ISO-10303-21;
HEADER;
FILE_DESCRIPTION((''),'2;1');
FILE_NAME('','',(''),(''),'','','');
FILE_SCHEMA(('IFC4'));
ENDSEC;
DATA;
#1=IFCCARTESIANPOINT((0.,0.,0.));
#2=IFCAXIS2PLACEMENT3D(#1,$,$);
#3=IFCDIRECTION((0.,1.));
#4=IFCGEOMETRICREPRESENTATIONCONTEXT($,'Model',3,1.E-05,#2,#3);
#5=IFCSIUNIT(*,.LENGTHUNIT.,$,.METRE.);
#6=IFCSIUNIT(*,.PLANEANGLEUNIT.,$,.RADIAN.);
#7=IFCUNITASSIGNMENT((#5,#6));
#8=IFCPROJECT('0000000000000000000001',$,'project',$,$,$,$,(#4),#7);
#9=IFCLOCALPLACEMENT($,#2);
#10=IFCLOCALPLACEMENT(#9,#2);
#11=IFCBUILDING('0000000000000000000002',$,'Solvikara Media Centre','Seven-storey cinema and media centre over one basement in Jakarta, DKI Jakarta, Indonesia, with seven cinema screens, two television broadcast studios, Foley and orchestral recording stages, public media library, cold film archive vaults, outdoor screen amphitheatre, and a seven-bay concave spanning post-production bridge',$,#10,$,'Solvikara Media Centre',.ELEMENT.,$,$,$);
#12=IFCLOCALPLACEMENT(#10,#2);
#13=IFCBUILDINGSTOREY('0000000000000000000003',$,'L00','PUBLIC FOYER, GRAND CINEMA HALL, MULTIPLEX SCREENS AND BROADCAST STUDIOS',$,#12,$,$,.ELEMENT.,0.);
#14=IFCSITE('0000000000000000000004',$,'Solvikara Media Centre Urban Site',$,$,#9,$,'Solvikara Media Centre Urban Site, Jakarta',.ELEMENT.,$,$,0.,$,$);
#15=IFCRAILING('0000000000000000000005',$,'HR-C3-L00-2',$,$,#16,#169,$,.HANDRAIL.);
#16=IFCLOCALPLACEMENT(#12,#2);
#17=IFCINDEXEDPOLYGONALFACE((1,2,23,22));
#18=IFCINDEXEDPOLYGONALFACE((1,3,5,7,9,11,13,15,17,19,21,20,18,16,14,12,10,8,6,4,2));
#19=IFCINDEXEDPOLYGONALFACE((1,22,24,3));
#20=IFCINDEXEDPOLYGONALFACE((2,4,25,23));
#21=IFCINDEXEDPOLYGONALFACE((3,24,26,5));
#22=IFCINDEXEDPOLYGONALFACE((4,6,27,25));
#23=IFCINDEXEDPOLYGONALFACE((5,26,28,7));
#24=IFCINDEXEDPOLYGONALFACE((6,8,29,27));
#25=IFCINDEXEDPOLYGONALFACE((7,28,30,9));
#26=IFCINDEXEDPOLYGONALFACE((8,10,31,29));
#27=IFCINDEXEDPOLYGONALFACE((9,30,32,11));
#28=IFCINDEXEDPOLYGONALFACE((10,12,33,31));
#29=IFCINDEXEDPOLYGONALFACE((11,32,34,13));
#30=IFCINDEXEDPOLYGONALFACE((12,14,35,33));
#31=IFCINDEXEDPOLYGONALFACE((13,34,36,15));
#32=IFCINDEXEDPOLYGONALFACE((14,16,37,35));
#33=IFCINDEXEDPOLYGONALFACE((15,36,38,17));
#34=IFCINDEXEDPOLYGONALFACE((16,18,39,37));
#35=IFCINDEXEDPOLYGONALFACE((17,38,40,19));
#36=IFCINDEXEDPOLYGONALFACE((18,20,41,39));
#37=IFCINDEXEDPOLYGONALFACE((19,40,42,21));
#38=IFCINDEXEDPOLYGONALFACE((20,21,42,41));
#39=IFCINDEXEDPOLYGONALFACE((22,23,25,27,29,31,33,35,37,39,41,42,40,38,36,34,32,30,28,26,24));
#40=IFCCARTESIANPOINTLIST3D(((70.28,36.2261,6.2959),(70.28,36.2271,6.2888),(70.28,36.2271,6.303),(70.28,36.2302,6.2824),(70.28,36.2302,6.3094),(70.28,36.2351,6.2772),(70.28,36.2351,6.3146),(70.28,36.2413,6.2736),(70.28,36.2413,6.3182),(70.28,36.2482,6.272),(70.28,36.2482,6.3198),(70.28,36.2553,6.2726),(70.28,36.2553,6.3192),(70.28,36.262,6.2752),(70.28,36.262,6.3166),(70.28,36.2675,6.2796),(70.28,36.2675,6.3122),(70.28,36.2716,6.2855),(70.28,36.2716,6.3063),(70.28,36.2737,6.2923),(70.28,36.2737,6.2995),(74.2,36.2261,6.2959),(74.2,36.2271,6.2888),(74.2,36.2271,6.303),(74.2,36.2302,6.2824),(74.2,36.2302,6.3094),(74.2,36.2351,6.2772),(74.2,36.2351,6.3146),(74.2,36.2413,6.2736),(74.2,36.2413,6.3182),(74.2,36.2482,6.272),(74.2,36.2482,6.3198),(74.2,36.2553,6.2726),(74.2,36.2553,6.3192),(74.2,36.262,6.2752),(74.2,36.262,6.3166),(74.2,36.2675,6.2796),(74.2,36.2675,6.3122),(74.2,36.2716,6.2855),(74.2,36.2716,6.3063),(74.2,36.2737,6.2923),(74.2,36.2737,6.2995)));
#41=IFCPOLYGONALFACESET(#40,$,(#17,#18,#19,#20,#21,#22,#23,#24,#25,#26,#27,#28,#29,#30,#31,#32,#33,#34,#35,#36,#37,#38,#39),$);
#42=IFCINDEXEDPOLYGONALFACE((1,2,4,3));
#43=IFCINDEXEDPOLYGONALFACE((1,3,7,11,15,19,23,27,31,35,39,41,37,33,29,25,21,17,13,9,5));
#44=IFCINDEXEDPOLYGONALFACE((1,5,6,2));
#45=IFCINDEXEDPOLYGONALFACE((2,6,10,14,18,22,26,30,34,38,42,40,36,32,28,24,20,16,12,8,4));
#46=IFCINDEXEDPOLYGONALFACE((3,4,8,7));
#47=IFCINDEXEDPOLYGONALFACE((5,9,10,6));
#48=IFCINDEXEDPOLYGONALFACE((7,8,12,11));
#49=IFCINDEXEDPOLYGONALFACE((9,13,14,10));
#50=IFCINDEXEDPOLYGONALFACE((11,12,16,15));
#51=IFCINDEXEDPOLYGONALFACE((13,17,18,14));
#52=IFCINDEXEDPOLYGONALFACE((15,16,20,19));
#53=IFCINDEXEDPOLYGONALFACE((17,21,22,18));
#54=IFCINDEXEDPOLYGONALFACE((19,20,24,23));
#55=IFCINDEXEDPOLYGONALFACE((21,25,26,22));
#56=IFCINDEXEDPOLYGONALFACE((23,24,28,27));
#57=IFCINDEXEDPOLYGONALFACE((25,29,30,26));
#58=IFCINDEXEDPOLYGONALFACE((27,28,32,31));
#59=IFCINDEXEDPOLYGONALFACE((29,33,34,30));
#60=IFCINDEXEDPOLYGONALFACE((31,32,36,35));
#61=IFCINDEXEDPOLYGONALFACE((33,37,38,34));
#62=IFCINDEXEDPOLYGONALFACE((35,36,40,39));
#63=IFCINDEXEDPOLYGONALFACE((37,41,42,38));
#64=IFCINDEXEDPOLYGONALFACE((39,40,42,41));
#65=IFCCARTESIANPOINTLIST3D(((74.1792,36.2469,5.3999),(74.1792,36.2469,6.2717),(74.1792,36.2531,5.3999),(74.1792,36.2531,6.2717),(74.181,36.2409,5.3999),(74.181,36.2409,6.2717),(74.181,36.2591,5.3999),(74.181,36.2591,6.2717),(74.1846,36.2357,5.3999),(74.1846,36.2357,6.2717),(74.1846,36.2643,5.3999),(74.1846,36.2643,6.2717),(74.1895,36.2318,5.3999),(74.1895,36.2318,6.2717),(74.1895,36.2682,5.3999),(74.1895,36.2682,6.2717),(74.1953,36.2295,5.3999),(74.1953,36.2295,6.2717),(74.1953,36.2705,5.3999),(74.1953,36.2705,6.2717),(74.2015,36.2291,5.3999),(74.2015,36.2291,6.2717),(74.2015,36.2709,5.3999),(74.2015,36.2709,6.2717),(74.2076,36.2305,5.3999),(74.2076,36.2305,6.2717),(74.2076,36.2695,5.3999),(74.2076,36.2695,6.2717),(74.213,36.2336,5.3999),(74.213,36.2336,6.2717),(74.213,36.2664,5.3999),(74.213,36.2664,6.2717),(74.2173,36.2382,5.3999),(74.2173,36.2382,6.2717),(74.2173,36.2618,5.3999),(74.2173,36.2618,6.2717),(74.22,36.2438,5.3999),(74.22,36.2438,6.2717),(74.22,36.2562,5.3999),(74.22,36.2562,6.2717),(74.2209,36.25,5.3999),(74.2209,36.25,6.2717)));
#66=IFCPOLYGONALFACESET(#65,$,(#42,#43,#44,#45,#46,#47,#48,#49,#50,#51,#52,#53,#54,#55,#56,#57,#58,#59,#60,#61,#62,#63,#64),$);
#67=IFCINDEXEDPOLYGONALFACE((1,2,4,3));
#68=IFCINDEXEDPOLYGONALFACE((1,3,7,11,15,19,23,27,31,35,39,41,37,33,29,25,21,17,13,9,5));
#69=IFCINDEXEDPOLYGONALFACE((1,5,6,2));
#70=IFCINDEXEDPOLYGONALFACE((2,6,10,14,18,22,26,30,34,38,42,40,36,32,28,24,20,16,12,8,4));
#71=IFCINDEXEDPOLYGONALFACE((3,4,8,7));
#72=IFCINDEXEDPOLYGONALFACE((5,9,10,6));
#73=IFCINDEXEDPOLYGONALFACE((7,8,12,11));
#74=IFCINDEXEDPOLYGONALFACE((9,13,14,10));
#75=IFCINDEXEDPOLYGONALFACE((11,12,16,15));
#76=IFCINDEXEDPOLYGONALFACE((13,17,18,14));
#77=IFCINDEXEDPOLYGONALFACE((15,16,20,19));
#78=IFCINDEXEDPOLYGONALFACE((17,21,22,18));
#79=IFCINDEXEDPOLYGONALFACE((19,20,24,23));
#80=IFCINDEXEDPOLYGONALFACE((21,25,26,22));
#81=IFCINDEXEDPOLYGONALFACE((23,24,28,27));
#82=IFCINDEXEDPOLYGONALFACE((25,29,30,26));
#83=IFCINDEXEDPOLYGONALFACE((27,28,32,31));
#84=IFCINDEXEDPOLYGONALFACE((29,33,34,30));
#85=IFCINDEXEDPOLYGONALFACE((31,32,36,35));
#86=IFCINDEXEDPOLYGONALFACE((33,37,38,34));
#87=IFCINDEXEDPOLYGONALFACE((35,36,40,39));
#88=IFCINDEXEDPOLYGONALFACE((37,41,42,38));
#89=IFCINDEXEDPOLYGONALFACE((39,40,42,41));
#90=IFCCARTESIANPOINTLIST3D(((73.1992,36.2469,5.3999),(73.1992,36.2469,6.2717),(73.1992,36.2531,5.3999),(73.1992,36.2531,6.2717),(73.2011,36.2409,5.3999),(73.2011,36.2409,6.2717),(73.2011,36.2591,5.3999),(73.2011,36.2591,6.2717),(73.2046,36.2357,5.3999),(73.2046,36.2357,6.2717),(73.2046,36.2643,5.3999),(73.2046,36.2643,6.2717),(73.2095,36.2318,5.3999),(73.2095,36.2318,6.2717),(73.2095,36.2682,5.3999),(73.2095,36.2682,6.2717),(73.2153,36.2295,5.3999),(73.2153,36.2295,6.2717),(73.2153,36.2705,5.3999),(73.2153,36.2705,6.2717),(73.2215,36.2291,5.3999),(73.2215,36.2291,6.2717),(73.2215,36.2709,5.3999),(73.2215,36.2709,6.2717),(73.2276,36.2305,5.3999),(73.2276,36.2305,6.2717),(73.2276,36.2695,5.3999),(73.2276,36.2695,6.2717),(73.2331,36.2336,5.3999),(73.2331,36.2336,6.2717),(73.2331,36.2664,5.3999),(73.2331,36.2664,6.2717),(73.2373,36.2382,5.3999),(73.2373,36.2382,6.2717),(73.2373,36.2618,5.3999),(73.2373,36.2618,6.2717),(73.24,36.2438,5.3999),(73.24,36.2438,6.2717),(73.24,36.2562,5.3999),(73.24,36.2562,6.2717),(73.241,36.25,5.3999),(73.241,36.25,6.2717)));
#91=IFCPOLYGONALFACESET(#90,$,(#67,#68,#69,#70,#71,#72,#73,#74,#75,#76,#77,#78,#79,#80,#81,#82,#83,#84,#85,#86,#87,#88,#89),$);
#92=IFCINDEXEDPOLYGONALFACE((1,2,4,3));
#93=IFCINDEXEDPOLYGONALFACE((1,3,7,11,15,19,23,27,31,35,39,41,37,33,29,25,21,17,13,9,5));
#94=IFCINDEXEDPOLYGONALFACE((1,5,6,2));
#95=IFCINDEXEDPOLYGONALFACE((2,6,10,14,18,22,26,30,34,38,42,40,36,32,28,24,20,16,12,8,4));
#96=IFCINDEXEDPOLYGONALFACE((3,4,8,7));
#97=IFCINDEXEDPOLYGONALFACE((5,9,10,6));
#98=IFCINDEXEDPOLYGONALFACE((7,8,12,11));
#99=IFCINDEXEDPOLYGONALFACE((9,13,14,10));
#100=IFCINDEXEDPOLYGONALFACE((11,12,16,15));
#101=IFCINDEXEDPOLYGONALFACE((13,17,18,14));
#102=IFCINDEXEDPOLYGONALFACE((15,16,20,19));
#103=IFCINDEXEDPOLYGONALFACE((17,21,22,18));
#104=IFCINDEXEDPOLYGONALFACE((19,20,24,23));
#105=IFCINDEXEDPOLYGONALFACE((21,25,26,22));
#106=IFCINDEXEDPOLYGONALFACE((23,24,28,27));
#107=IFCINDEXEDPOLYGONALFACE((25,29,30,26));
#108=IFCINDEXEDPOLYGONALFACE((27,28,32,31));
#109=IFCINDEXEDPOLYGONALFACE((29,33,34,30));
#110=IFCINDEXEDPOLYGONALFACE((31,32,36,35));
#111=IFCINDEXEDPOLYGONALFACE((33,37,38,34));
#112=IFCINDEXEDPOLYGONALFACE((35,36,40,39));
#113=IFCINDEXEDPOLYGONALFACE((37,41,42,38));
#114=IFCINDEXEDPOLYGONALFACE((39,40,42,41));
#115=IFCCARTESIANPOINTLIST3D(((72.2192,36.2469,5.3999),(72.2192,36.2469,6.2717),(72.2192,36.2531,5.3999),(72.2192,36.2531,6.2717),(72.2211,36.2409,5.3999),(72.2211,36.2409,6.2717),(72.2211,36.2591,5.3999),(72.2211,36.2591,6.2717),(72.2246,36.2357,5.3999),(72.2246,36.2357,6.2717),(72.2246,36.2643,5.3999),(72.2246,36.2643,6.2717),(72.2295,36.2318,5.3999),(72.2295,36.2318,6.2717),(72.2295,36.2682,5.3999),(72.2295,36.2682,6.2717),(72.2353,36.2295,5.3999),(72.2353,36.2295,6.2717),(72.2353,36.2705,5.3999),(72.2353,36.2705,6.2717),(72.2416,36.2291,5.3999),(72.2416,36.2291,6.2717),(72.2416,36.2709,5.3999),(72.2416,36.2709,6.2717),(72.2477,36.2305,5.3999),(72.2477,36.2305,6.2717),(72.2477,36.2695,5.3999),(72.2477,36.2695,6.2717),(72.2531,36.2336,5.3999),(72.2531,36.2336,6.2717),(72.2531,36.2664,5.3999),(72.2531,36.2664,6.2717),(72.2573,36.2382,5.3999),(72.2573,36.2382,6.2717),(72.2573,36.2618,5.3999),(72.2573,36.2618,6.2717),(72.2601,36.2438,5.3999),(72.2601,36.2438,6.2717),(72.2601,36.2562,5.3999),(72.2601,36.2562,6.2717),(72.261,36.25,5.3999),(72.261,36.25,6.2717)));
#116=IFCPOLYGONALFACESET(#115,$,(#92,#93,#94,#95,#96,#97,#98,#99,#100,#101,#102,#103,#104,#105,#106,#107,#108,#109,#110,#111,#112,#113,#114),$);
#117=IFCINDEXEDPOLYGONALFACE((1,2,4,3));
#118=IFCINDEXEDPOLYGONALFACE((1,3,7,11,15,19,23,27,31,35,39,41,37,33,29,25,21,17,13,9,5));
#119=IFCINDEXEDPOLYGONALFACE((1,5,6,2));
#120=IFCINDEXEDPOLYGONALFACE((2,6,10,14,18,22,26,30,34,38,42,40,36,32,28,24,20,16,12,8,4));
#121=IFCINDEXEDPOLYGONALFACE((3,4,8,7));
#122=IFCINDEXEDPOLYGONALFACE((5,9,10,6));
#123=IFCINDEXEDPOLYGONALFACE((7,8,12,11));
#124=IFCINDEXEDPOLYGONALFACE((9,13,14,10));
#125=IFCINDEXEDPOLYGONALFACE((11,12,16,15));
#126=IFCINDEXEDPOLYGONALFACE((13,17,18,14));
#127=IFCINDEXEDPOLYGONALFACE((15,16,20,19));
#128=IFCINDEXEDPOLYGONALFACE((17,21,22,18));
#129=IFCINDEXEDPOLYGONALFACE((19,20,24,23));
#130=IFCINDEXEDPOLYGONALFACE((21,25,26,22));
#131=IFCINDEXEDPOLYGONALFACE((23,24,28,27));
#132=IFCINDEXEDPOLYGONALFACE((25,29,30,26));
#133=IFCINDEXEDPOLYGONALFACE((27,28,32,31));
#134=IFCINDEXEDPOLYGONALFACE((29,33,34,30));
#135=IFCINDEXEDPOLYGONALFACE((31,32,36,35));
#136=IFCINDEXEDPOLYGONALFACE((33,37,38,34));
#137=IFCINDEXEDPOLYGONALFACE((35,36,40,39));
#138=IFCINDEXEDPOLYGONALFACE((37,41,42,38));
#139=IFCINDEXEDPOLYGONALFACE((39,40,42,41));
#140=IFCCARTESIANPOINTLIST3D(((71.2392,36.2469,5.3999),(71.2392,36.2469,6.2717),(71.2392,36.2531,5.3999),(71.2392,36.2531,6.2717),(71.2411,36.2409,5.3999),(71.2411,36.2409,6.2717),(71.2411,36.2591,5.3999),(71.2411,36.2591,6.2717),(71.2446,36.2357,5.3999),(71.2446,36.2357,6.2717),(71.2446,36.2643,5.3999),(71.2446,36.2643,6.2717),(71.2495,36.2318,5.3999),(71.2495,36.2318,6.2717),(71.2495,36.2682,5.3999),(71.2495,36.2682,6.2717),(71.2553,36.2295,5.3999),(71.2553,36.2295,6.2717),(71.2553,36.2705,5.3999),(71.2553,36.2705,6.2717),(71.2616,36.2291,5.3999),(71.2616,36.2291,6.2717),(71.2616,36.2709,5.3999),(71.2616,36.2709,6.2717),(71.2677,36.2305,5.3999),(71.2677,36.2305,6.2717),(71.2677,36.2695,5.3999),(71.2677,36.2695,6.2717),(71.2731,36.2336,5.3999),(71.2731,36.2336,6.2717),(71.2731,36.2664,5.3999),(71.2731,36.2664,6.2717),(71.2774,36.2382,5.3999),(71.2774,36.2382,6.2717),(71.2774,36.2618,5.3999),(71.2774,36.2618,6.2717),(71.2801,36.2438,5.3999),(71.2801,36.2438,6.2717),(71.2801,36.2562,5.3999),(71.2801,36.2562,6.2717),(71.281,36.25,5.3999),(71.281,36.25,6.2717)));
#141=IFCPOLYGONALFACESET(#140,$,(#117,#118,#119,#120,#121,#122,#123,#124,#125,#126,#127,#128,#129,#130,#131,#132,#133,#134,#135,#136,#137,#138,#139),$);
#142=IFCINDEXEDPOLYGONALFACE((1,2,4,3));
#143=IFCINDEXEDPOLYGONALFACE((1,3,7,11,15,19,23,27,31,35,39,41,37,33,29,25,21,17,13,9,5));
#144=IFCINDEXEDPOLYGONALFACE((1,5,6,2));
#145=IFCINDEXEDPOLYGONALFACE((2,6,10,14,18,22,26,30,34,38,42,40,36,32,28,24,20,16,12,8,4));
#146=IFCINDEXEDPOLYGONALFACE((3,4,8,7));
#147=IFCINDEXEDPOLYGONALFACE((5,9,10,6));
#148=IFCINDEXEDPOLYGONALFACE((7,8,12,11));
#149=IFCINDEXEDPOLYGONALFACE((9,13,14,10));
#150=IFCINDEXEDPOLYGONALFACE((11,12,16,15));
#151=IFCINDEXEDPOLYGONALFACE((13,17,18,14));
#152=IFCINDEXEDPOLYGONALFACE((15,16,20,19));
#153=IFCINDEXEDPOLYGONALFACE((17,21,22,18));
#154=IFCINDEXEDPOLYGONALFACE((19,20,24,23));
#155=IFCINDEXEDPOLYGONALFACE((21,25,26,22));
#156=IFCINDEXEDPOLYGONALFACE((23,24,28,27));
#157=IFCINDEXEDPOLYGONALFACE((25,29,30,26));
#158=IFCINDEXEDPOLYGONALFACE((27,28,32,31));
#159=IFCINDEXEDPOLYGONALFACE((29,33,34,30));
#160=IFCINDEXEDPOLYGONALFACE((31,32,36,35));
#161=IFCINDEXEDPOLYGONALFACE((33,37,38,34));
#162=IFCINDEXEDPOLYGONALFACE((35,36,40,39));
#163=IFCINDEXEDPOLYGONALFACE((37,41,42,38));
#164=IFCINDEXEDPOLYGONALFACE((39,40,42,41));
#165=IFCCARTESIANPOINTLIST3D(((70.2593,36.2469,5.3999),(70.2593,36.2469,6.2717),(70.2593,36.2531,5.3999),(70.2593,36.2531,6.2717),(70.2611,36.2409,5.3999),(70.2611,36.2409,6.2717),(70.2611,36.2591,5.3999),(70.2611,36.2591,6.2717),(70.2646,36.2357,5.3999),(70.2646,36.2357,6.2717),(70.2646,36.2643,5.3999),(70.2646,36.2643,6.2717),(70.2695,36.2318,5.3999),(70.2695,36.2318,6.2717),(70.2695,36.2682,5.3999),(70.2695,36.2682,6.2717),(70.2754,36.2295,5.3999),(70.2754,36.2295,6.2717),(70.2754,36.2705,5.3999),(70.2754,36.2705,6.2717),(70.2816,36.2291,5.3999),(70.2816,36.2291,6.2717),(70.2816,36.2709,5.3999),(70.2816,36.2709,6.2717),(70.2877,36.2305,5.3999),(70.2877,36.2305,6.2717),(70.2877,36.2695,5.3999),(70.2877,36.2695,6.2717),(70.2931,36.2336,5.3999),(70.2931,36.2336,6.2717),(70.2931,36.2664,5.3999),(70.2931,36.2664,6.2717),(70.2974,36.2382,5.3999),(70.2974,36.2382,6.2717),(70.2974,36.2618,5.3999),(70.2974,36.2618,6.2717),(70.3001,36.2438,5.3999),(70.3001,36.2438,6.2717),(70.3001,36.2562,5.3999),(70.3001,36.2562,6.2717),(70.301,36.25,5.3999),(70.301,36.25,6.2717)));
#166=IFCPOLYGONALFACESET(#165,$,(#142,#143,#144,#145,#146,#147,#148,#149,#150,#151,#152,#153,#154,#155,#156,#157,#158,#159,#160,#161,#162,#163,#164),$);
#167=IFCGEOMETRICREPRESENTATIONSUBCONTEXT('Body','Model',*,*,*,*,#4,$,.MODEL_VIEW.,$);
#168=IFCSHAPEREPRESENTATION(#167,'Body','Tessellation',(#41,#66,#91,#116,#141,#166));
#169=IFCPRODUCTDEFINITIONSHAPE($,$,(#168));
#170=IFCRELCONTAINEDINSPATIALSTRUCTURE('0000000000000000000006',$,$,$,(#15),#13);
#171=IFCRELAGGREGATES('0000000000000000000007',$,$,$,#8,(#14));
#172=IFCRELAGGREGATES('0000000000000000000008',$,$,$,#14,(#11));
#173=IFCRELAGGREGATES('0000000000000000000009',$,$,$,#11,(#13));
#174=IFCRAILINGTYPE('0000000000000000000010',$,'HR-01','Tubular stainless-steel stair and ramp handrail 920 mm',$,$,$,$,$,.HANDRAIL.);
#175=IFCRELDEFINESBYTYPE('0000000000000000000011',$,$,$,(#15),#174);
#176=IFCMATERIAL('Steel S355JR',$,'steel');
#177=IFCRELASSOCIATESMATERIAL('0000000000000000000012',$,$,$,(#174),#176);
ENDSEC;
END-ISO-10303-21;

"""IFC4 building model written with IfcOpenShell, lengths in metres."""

from ifc_helpers import new_model, si_unit, direction, frame, origin, origin_2d, place, context, subcontext, project, spatial, circle, extrude, material, type_object, element, save


model = new_model("IFC4")

# Units and contexts
model_context = context("Model", 3, precision=1e-05, world=origin(), true_north=direction((0.0, 1.0)))
body_context = subcontext(model_context, "Body", "Model", "MODEL_VIEW")
ifc_project = project(units=[si_unit("LENGTHUNIT", "METRE"), si_unit("PLANEANGLEUNIT", "RADIAN")], contexts=[model_context])

# Site, building, storey
site_placement = place(None, origin())
site = spatial("IfcSite", under=ifc_project, at=site_placement, Name="Solvikara Media Centre Urban Site", LongName="Solvikara Media Centre Urban Site, Jakarta", CompositionType="ELEMENT", RefElevation=0.0)
building_placement = place(site_placement, origin())
building = spatial("IfcBuilding", under=site, at=building_placement, Name="Solvikara Media Centre", Description="Seven-storey cinema and media centre over one basement in Jakarta, DKI Jakarta, Indonesia, with seven cinema screens, two television broadcast studios, Foley and orchestral recording stages, public media library, cold film archive vaults, outdoor screen amphitheatre, and a seven-bay concave spanning post-production bridge", LongName="Solvikara Media Centre", CompositionType="ELEMENT")
storey_placement = place(building_placement, origin())
storey = spatial("IfcBuildingStorey", under=building, at=storey_placement, Name="L00", Description="PUBLIC FOYER, GRAND CINEMA HALL, MULTIPLEX SCREENS AND BROADCAST STUDIOS", CompositionType="ELEMENT", Elevation=0.0)

# Shared definitions
ifc_material_1 = material(Name="Steel S355JR", Category="steel")

# Railing
railing_type_1 = type_object("IfcRailingType", Name="HR-01", Description="Tubular stainless-steel stair and ramp handrail 920 mm", PredefinedType="HANDRAIL", material=ifc_material_1)
railing_1_placement = place(storey_placement, frame((74.2, 36.25, 5.3999)))
element("IfcRailing", 1, at=railing_1_placement, inside=storey, type_object=railing_type_1, Name="HR-C3-L00-2", PredefinedType="HANDRAIL", context=body_context, shape_type="SweptSolid", body=[
    extrude(circle(Radius=0.0239, at=origin_2d()), frame((0.0, 0.0, 0.896), z_axis=(-1.0, 0.0, 0.0), x_axis=(0.0, -1.0, 0.0)), (0.0, 0.0, 1.0), 3.9199),
    extrude(circle(Radius=0.021, at=origin_2d()), origin(), (0.0, 0.0, 1.0), 0.8718),
    extrude(circle(Radius=0.021, at=origin_2d()), frame((-0.98, 0.0, 0.0)), (0.0, 0.0, 1.0), 0.8718),
    extrude(circle(Radius=0.021, at=origin_2d()), frame((-1.96, 0.0, 0.0)), (0.0, 0.0, 1.0), 0.8718),
    extrude(circle(Radius=0.021, at=origin_2d()), frame((-2.9399, 0.0, 0.0)), (0.0, 0.0, 1.0), 0.8718),
    extrude(circle(Radius=0.021, at=origin_2d()), frame((-3.9199, 0.0, 0.0)), (0.0, 0.0, 1.0), 0.8718),
])

save(model, "model.ifc")
